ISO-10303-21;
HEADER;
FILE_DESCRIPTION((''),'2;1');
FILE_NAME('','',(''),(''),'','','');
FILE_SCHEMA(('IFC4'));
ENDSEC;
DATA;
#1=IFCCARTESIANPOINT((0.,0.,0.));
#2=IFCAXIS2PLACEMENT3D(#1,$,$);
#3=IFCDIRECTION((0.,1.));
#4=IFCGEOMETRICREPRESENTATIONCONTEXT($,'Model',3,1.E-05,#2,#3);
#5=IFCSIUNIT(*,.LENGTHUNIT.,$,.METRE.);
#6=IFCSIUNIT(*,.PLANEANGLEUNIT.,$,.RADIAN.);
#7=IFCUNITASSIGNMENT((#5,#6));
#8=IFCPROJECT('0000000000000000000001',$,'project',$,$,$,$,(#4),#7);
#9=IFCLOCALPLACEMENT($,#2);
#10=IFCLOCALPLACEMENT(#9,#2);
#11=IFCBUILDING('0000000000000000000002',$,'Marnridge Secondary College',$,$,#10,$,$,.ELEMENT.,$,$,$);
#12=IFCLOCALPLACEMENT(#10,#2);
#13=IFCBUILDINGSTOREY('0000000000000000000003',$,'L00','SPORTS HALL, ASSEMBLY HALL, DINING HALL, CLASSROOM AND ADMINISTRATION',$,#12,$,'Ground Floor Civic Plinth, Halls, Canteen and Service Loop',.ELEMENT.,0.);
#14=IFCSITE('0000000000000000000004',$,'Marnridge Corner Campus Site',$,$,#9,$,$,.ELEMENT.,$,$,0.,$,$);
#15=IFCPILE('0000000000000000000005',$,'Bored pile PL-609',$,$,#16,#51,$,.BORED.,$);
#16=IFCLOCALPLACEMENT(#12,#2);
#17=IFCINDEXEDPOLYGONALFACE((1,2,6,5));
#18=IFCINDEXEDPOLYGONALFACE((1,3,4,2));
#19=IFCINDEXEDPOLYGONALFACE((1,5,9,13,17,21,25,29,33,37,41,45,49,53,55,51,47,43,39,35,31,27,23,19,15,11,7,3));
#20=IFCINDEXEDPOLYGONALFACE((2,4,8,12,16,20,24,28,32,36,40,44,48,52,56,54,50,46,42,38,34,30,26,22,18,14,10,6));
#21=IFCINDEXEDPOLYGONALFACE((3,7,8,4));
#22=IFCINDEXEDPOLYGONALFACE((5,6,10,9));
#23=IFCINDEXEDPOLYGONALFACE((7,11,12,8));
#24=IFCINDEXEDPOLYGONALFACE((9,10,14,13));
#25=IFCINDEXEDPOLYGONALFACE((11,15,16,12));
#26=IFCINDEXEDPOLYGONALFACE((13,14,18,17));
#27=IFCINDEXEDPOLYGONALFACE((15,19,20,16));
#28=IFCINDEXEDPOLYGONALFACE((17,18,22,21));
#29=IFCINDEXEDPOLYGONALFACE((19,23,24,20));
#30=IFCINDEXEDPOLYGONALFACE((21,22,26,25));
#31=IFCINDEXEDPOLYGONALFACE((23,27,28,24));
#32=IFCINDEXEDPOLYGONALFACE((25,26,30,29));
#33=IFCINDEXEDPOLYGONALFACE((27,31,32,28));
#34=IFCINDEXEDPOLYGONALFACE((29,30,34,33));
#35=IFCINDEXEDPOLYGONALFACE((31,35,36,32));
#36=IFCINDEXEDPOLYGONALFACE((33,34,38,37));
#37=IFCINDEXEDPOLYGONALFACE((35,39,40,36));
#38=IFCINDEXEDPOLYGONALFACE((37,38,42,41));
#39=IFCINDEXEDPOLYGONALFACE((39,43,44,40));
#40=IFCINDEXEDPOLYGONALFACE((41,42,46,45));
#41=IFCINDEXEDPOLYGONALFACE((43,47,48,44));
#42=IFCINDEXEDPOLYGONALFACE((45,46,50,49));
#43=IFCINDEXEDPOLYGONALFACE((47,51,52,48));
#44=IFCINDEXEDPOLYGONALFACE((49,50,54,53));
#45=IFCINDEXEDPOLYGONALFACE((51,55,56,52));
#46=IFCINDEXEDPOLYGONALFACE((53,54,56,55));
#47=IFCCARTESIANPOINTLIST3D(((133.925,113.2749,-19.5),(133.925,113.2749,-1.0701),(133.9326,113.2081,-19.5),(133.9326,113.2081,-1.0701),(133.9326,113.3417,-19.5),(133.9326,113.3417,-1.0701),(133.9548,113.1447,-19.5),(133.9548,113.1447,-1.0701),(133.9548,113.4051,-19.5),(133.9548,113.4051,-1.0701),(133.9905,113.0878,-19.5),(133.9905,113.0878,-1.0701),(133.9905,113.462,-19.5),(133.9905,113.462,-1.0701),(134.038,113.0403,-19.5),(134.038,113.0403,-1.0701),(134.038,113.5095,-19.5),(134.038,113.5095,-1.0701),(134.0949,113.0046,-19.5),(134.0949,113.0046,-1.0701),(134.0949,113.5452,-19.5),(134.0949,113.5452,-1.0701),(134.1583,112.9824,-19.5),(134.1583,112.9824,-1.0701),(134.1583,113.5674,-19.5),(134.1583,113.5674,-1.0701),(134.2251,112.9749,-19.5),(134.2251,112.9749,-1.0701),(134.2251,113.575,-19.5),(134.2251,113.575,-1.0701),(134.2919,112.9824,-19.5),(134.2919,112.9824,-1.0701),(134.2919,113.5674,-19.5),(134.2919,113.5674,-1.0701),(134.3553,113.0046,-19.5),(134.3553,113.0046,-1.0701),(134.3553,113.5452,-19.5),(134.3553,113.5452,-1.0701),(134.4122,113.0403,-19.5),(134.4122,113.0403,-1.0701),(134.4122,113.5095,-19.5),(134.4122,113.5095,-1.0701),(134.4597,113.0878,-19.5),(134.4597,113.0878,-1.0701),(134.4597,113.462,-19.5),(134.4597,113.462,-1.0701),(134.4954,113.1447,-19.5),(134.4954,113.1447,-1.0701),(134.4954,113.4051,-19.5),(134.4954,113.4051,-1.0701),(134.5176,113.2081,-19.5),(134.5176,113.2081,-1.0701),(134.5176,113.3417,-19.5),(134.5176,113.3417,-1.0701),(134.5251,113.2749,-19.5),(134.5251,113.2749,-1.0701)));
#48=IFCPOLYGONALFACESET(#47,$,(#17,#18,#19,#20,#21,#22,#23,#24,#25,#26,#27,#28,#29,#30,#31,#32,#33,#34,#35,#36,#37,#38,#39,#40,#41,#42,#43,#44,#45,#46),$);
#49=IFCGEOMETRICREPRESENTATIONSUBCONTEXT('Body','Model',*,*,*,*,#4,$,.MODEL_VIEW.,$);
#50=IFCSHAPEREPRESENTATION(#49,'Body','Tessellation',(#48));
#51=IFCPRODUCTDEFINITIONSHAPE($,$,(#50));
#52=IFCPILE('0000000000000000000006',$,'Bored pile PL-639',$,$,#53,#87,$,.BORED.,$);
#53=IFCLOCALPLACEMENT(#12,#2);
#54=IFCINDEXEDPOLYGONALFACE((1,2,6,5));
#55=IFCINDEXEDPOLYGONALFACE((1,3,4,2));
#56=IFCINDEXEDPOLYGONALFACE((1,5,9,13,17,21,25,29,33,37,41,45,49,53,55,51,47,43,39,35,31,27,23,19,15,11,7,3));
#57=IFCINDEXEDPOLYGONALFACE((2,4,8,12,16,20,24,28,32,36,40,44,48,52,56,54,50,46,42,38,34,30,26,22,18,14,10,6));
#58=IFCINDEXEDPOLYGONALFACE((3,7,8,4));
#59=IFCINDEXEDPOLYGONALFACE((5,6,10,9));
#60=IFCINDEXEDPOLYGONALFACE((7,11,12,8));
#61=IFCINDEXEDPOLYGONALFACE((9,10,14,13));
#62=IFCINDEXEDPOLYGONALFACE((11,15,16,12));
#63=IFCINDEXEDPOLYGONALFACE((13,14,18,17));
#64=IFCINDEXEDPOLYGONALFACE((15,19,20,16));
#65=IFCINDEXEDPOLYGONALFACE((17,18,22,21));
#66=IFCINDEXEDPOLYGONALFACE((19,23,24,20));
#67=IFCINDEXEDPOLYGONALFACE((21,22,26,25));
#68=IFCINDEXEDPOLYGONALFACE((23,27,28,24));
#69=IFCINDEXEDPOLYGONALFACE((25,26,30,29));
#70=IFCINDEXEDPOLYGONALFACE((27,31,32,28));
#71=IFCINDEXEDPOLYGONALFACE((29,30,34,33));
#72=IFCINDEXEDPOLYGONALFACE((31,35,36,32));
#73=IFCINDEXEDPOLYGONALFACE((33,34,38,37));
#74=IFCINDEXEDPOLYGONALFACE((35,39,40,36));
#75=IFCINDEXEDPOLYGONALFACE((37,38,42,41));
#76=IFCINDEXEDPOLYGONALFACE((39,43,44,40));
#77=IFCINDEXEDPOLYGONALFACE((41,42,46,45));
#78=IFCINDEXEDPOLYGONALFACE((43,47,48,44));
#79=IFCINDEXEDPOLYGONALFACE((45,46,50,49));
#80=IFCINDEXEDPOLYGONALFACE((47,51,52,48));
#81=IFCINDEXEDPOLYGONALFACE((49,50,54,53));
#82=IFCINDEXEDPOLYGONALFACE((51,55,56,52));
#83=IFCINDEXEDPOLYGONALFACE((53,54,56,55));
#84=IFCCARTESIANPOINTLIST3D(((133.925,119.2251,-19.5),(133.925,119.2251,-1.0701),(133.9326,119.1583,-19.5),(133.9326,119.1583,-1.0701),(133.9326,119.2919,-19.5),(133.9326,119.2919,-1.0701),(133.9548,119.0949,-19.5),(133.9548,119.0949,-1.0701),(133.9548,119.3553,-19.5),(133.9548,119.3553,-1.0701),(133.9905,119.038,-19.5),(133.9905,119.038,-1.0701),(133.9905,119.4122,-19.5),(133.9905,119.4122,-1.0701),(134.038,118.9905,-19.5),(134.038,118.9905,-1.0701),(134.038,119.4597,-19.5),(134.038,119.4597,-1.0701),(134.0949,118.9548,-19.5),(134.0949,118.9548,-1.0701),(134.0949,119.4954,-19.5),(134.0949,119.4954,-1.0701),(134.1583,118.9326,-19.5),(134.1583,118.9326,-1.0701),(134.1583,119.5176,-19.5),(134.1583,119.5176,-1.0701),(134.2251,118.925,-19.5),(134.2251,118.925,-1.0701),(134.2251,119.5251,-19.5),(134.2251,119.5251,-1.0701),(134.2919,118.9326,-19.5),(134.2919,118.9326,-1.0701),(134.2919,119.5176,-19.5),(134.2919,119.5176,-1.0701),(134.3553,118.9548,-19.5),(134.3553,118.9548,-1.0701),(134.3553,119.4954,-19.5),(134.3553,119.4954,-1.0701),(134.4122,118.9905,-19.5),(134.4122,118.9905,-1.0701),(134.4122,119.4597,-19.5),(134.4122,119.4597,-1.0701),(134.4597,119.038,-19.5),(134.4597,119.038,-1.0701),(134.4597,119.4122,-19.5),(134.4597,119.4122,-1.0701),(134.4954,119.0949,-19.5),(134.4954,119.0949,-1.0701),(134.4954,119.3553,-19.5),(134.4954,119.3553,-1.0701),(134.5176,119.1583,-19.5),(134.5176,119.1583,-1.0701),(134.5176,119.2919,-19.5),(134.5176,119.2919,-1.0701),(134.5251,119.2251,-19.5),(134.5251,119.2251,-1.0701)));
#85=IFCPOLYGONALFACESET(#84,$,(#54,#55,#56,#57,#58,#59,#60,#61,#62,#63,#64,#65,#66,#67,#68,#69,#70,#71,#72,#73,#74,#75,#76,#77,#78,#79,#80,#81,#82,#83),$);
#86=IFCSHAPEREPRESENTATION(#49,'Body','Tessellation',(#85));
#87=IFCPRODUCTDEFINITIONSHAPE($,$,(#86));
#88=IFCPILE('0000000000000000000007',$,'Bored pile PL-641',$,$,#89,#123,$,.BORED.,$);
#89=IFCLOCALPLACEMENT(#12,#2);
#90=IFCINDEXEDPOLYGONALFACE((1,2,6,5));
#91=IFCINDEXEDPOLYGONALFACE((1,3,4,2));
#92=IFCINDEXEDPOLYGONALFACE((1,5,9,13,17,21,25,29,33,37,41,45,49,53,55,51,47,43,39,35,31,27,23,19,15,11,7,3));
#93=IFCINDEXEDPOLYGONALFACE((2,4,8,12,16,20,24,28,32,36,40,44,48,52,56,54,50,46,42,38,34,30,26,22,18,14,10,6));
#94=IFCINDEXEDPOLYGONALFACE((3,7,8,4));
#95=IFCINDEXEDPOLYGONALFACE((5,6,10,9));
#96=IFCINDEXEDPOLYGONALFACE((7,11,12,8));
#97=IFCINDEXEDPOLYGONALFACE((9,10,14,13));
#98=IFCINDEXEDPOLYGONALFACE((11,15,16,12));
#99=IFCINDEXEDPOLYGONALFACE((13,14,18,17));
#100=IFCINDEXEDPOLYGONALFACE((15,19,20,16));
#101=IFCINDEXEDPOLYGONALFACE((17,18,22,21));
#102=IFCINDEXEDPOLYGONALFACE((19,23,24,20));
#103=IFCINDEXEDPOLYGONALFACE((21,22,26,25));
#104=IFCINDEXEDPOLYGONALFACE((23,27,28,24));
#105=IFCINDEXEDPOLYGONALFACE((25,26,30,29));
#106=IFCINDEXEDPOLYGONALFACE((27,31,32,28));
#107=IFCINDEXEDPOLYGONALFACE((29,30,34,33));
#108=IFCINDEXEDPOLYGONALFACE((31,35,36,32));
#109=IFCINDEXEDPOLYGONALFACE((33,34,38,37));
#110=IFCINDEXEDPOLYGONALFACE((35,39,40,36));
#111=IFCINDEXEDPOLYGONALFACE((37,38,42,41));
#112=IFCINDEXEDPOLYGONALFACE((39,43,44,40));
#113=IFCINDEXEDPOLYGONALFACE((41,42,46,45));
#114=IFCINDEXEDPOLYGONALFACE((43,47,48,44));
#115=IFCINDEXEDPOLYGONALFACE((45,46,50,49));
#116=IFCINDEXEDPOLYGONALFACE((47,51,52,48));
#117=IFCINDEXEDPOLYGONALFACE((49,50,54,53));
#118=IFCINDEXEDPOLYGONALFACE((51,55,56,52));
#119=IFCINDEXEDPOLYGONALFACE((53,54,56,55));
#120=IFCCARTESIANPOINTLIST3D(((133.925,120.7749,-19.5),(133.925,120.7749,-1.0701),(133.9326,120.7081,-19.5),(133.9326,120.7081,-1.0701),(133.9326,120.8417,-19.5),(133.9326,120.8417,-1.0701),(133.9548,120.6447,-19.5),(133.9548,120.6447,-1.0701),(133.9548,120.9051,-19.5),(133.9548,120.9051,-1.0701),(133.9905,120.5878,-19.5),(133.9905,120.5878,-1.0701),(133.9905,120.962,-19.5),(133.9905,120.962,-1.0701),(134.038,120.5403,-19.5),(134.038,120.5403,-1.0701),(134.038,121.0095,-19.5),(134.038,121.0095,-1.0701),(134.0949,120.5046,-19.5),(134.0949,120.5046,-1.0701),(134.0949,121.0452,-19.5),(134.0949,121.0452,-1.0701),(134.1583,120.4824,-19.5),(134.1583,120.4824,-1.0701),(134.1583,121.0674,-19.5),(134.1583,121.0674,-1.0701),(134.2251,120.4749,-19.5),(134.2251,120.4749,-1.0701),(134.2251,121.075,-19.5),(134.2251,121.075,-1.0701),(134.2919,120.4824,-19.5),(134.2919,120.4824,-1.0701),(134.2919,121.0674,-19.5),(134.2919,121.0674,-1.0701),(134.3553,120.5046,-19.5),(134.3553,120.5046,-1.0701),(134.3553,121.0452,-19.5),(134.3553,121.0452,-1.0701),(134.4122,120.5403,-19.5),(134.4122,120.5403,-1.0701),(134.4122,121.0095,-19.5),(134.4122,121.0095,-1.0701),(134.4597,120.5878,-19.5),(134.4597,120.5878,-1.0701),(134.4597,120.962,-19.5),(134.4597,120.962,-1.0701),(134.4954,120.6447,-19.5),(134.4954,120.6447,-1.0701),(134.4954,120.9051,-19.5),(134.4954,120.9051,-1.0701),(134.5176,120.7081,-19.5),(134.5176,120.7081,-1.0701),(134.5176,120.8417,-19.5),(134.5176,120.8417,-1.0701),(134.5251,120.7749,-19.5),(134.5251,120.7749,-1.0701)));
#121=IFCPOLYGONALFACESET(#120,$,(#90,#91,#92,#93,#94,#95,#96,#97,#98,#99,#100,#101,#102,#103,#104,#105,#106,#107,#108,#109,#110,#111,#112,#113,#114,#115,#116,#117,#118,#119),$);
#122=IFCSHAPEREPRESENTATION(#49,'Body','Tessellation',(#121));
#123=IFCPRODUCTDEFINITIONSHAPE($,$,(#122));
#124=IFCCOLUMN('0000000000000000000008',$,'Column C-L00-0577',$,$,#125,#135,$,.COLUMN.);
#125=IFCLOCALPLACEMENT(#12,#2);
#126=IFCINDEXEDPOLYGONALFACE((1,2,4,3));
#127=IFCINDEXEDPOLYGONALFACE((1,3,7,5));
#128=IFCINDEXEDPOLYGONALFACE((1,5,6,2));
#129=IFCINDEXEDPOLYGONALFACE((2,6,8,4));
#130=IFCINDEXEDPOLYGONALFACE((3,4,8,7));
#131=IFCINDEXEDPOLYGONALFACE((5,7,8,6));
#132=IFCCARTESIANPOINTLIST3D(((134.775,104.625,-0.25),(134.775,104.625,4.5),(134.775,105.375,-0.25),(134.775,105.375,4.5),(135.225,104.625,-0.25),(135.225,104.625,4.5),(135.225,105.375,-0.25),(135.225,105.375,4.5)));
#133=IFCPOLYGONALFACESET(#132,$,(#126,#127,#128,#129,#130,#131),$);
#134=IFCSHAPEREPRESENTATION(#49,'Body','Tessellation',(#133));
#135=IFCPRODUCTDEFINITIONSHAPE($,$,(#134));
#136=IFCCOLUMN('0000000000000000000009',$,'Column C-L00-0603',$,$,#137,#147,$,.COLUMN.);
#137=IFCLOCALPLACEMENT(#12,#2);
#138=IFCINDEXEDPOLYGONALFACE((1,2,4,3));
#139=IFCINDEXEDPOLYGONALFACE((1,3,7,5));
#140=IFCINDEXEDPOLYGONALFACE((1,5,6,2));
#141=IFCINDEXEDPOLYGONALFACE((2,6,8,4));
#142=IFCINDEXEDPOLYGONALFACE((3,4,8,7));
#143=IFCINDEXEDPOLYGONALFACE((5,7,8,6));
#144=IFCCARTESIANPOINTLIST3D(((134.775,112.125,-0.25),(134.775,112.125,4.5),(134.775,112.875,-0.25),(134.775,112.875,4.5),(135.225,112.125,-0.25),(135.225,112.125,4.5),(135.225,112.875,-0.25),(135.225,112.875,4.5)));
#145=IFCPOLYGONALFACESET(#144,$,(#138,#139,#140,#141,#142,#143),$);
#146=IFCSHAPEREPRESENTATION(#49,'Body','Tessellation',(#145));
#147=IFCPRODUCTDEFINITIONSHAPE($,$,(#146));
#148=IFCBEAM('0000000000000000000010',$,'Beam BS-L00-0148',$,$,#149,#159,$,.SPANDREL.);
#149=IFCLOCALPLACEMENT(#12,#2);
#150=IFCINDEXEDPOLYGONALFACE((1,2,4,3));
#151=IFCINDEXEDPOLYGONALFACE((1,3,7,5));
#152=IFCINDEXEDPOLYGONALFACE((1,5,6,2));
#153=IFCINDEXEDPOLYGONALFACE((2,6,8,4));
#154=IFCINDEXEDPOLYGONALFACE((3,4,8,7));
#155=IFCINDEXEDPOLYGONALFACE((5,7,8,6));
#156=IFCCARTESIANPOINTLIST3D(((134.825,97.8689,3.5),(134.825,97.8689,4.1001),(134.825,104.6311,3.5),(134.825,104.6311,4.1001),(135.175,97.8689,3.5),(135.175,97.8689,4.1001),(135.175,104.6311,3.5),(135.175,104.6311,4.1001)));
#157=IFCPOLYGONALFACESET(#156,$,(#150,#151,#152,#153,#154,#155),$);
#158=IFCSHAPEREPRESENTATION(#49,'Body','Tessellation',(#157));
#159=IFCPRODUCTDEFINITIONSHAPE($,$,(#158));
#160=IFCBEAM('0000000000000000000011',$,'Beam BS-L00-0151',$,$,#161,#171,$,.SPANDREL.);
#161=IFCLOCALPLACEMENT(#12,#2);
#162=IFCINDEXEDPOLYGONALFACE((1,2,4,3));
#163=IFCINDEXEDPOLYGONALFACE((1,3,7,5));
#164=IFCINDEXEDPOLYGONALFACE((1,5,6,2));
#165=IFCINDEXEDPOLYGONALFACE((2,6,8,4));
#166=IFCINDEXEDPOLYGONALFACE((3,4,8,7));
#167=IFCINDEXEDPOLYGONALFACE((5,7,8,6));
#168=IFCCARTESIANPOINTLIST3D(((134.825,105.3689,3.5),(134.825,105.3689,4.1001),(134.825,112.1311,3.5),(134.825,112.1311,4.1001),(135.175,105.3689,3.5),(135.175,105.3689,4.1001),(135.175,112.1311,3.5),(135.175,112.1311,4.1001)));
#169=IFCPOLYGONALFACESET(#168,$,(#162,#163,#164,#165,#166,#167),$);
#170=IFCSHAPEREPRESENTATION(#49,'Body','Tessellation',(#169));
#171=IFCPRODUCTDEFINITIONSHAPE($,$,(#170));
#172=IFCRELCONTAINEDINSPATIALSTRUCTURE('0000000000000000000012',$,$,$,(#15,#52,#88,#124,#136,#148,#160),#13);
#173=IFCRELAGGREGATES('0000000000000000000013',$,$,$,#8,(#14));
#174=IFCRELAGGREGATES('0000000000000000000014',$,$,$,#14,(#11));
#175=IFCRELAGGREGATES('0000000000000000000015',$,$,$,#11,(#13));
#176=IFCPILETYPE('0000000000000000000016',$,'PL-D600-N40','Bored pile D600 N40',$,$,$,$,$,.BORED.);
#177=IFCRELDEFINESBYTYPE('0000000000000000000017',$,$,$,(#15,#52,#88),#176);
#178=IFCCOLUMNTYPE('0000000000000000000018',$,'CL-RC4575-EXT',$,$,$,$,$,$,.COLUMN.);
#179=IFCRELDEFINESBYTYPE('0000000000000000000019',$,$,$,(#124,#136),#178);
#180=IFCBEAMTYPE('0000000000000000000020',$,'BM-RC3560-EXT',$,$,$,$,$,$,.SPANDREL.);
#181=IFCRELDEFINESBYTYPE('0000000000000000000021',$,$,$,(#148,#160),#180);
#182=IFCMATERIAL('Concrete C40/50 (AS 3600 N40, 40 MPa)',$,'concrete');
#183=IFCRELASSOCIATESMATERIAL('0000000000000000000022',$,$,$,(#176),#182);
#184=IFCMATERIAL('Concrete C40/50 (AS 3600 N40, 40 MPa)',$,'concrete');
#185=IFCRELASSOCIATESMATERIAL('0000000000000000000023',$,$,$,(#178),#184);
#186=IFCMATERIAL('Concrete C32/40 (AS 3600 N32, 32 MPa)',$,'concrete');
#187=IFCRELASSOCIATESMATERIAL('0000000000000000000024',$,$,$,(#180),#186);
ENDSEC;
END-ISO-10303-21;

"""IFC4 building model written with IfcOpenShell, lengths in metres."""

from ifc_helpers import new_model, si_unit, direction, frame, origin, origin_2d, place, context, subcontext, project, spatial, rectangle, circle, extrude, material, material_profile, profile_set, type_object, element, save


model = new_model("IFC4")

# Units and contexts
model_context = context("Model", 3, precision=1e-05, world=origin(), true_north=direction((0.0, 1.0)))
body_context = subcontext(model_context, "Body", "Model", "MODEL_VIEW")
ifc_project = project(units=[si_unit("LENGTHUNIT", "METRE"), si_unit("PLANEANGLEUNIT", "RADIAN")], contexts=[model_context])

# Site, building, storey
site_placement = place(None, origin())
site = spatial("IfcSite", under=ifc_project, at=site_placement, Name="Marnridge Corner Campus Site", CompositionType="ELEMENT", RefElevation=0.0)
building_placement = place(site_placement, origin())
building = spatial("IfcBuilding", under=site, at=building_placement, Name="Marnridge Secondary College", CompositionType="ELEMENT")
storey_placement = place(building_placement, origin())
storey = spatial("IfcBuildingStorey", under=building, at=storey_placement, Name="L00", Description="SPORTS HALL, ASSEMBLY HALL, DINING HALL, CLASSROOM AND ADMINISTRATION", LongName="Ground Floor Civic Plinth, Halls, Canteen and Service Loop", CompositionType="ELEMENT", Elevation=0.0)

# Piles
ifc_material_1 = material(Name="Concrete C40/50 (AS 3600 N40, 40 MPa)", Category="concrete")
ifc_material_profile_1 = material_profile(ifc_material_1, circle(Radius=0.3, at=origin_2d()), Name="PILE D600")
ifc_profile_set_1 = profile_set([ifc_material_profile_1], Name="Concrete C40/50 (AS 3600 N40, 40 MPa)")
pile_type = type_object("IfcPileType", Name="PL-D600-N40", Description="Bored pile D600 N40", PredefinedType="BORED", material=ifc_profile_set_1)
for number, where, z_axis, x_axis, name in (
    (1, (134.2251, 113.2749, -1.0701), (0.0, 0.0, -1.0), (1.0, 0.0, 0.0), "Bored pile PL-609"),
    (2, (134.2251, 119.2251, -1.0701), (0.0, 0.0, -1.0), (1.0, 0.0, 0.0), "Bored pile PL-639"),
    (3, (134.2251, 120.7749, -1.0701), (0.0, 0.0, -1.0), (1.0, 0.0, 0.0), "Bored pile PL-641"),
):
    element("IfcPile", number, at=place(storey_placement, frame(where, z_axis=z_axis, x_axis=x_axis)), inside=storey, type_object=pile_type, Name=name, PredefinedType="BORED", context=body_context, shape_type="SweptSolid", body=[
        extrude(circle(Radius=0.3, at=origin_2d()), origin(), (0.0, 0.0, 1.0), 18.4299),
    ])

# Columns
ifc_material_2 = material(Name="Concrete C40/50 (AS 3600 N40, 40 MPa)", Category="concrete")
ifc_material_profile_2 = material_profile(ifc_material_2, rectangle(XDim=0.45, YDim=0.75, at=origin_2d()), Name="RC 450x750")
ifc_profile_set_2 = profile_set([ifc_material_profile_2], Name="Concrete C40/50 (AS 3600 N40, 40 MPa)")
column_type = type_object("IfcColumnType", Name="CL-RC4575-EXT", PredefinedType="COLUMN", material=ifc_profile_set_2)
for number, where, z_axis, x_axis, name in (
    (4, (135.0, 105.0, -0.25), (0.0, 0.0, 1.0), (1.0, 0.0, 0.0), "Column C-L00-0577"),
    (5, (135.0, 112.5, -0.25), (0.0, 0.0, 1.0), (1.0, 0.0, 0.0), "Column C-L00-0603"),
):
    element("IfcColumn", number, at=place(storey_placement, frame(where, z_axis=z_axis, x_axis=x_axis)), inside=storey, type_object=column_type, Name=name, PredefinedType="COLUMN", context=body_context, shape_type="SweptSolid", body=[
        extrude(rectangle(XDim=0.45, YDim=0.75, at=origin_2d()), origin(), (0.0, 0.0, 1.0), 4.75),
    ])

# Beams
ifc_material_3 = material(Name="Concrete C32/40 (AS 3600 N32, 32 MPa)", Category="concrete")
ifc_material_profile_3 = material_profile(ifc_material_3, rectangle(XDim=0.3501, YDim=0.6001, at=origin_2d()), Name="RC 350x600")
ifc_profile_set_3 = profile_set([ifc_material_profile_3], Name="Concrete C32/40 (AS 3600 N32, 32 MPa)")
beam_type_1 = type_object("IfcBeamType", Name="BM-RC3560-EXT", PredefinedType="SPANDREL", material=ifc_profile_set_3)
for number, where, z_axis, x_axis, name in (
    (6, (135.0, 97.8689, 3.8), (0.0, 1.0, 0.0), (-1.0, 0.0, 0.0), "Beam BS-L00-0148"),
    (7, (135.0, 105.3689, 3.8), (0.0, 1.0, 0.0), (-1.0, 0.0, 0.0), "Beam BS-L00-0151"),
):
    element("IfcBeam", number, at=place(storey_placement, frame(where, z_axis=z_axis, x_axis=x_axis)), inside=storey, type_object=beam_type_1, Name=name, PredefinedType="SPANDREL", context=body_context, shape_type="SweptSolid", body=[
        extrude(rectangle(XDim=0.3501, YDim=0.6001, at=origin_2d()), origin(), (0.0, 0.0, 1.0), 6.7622),
    ])

save(model, "model.ifc")
